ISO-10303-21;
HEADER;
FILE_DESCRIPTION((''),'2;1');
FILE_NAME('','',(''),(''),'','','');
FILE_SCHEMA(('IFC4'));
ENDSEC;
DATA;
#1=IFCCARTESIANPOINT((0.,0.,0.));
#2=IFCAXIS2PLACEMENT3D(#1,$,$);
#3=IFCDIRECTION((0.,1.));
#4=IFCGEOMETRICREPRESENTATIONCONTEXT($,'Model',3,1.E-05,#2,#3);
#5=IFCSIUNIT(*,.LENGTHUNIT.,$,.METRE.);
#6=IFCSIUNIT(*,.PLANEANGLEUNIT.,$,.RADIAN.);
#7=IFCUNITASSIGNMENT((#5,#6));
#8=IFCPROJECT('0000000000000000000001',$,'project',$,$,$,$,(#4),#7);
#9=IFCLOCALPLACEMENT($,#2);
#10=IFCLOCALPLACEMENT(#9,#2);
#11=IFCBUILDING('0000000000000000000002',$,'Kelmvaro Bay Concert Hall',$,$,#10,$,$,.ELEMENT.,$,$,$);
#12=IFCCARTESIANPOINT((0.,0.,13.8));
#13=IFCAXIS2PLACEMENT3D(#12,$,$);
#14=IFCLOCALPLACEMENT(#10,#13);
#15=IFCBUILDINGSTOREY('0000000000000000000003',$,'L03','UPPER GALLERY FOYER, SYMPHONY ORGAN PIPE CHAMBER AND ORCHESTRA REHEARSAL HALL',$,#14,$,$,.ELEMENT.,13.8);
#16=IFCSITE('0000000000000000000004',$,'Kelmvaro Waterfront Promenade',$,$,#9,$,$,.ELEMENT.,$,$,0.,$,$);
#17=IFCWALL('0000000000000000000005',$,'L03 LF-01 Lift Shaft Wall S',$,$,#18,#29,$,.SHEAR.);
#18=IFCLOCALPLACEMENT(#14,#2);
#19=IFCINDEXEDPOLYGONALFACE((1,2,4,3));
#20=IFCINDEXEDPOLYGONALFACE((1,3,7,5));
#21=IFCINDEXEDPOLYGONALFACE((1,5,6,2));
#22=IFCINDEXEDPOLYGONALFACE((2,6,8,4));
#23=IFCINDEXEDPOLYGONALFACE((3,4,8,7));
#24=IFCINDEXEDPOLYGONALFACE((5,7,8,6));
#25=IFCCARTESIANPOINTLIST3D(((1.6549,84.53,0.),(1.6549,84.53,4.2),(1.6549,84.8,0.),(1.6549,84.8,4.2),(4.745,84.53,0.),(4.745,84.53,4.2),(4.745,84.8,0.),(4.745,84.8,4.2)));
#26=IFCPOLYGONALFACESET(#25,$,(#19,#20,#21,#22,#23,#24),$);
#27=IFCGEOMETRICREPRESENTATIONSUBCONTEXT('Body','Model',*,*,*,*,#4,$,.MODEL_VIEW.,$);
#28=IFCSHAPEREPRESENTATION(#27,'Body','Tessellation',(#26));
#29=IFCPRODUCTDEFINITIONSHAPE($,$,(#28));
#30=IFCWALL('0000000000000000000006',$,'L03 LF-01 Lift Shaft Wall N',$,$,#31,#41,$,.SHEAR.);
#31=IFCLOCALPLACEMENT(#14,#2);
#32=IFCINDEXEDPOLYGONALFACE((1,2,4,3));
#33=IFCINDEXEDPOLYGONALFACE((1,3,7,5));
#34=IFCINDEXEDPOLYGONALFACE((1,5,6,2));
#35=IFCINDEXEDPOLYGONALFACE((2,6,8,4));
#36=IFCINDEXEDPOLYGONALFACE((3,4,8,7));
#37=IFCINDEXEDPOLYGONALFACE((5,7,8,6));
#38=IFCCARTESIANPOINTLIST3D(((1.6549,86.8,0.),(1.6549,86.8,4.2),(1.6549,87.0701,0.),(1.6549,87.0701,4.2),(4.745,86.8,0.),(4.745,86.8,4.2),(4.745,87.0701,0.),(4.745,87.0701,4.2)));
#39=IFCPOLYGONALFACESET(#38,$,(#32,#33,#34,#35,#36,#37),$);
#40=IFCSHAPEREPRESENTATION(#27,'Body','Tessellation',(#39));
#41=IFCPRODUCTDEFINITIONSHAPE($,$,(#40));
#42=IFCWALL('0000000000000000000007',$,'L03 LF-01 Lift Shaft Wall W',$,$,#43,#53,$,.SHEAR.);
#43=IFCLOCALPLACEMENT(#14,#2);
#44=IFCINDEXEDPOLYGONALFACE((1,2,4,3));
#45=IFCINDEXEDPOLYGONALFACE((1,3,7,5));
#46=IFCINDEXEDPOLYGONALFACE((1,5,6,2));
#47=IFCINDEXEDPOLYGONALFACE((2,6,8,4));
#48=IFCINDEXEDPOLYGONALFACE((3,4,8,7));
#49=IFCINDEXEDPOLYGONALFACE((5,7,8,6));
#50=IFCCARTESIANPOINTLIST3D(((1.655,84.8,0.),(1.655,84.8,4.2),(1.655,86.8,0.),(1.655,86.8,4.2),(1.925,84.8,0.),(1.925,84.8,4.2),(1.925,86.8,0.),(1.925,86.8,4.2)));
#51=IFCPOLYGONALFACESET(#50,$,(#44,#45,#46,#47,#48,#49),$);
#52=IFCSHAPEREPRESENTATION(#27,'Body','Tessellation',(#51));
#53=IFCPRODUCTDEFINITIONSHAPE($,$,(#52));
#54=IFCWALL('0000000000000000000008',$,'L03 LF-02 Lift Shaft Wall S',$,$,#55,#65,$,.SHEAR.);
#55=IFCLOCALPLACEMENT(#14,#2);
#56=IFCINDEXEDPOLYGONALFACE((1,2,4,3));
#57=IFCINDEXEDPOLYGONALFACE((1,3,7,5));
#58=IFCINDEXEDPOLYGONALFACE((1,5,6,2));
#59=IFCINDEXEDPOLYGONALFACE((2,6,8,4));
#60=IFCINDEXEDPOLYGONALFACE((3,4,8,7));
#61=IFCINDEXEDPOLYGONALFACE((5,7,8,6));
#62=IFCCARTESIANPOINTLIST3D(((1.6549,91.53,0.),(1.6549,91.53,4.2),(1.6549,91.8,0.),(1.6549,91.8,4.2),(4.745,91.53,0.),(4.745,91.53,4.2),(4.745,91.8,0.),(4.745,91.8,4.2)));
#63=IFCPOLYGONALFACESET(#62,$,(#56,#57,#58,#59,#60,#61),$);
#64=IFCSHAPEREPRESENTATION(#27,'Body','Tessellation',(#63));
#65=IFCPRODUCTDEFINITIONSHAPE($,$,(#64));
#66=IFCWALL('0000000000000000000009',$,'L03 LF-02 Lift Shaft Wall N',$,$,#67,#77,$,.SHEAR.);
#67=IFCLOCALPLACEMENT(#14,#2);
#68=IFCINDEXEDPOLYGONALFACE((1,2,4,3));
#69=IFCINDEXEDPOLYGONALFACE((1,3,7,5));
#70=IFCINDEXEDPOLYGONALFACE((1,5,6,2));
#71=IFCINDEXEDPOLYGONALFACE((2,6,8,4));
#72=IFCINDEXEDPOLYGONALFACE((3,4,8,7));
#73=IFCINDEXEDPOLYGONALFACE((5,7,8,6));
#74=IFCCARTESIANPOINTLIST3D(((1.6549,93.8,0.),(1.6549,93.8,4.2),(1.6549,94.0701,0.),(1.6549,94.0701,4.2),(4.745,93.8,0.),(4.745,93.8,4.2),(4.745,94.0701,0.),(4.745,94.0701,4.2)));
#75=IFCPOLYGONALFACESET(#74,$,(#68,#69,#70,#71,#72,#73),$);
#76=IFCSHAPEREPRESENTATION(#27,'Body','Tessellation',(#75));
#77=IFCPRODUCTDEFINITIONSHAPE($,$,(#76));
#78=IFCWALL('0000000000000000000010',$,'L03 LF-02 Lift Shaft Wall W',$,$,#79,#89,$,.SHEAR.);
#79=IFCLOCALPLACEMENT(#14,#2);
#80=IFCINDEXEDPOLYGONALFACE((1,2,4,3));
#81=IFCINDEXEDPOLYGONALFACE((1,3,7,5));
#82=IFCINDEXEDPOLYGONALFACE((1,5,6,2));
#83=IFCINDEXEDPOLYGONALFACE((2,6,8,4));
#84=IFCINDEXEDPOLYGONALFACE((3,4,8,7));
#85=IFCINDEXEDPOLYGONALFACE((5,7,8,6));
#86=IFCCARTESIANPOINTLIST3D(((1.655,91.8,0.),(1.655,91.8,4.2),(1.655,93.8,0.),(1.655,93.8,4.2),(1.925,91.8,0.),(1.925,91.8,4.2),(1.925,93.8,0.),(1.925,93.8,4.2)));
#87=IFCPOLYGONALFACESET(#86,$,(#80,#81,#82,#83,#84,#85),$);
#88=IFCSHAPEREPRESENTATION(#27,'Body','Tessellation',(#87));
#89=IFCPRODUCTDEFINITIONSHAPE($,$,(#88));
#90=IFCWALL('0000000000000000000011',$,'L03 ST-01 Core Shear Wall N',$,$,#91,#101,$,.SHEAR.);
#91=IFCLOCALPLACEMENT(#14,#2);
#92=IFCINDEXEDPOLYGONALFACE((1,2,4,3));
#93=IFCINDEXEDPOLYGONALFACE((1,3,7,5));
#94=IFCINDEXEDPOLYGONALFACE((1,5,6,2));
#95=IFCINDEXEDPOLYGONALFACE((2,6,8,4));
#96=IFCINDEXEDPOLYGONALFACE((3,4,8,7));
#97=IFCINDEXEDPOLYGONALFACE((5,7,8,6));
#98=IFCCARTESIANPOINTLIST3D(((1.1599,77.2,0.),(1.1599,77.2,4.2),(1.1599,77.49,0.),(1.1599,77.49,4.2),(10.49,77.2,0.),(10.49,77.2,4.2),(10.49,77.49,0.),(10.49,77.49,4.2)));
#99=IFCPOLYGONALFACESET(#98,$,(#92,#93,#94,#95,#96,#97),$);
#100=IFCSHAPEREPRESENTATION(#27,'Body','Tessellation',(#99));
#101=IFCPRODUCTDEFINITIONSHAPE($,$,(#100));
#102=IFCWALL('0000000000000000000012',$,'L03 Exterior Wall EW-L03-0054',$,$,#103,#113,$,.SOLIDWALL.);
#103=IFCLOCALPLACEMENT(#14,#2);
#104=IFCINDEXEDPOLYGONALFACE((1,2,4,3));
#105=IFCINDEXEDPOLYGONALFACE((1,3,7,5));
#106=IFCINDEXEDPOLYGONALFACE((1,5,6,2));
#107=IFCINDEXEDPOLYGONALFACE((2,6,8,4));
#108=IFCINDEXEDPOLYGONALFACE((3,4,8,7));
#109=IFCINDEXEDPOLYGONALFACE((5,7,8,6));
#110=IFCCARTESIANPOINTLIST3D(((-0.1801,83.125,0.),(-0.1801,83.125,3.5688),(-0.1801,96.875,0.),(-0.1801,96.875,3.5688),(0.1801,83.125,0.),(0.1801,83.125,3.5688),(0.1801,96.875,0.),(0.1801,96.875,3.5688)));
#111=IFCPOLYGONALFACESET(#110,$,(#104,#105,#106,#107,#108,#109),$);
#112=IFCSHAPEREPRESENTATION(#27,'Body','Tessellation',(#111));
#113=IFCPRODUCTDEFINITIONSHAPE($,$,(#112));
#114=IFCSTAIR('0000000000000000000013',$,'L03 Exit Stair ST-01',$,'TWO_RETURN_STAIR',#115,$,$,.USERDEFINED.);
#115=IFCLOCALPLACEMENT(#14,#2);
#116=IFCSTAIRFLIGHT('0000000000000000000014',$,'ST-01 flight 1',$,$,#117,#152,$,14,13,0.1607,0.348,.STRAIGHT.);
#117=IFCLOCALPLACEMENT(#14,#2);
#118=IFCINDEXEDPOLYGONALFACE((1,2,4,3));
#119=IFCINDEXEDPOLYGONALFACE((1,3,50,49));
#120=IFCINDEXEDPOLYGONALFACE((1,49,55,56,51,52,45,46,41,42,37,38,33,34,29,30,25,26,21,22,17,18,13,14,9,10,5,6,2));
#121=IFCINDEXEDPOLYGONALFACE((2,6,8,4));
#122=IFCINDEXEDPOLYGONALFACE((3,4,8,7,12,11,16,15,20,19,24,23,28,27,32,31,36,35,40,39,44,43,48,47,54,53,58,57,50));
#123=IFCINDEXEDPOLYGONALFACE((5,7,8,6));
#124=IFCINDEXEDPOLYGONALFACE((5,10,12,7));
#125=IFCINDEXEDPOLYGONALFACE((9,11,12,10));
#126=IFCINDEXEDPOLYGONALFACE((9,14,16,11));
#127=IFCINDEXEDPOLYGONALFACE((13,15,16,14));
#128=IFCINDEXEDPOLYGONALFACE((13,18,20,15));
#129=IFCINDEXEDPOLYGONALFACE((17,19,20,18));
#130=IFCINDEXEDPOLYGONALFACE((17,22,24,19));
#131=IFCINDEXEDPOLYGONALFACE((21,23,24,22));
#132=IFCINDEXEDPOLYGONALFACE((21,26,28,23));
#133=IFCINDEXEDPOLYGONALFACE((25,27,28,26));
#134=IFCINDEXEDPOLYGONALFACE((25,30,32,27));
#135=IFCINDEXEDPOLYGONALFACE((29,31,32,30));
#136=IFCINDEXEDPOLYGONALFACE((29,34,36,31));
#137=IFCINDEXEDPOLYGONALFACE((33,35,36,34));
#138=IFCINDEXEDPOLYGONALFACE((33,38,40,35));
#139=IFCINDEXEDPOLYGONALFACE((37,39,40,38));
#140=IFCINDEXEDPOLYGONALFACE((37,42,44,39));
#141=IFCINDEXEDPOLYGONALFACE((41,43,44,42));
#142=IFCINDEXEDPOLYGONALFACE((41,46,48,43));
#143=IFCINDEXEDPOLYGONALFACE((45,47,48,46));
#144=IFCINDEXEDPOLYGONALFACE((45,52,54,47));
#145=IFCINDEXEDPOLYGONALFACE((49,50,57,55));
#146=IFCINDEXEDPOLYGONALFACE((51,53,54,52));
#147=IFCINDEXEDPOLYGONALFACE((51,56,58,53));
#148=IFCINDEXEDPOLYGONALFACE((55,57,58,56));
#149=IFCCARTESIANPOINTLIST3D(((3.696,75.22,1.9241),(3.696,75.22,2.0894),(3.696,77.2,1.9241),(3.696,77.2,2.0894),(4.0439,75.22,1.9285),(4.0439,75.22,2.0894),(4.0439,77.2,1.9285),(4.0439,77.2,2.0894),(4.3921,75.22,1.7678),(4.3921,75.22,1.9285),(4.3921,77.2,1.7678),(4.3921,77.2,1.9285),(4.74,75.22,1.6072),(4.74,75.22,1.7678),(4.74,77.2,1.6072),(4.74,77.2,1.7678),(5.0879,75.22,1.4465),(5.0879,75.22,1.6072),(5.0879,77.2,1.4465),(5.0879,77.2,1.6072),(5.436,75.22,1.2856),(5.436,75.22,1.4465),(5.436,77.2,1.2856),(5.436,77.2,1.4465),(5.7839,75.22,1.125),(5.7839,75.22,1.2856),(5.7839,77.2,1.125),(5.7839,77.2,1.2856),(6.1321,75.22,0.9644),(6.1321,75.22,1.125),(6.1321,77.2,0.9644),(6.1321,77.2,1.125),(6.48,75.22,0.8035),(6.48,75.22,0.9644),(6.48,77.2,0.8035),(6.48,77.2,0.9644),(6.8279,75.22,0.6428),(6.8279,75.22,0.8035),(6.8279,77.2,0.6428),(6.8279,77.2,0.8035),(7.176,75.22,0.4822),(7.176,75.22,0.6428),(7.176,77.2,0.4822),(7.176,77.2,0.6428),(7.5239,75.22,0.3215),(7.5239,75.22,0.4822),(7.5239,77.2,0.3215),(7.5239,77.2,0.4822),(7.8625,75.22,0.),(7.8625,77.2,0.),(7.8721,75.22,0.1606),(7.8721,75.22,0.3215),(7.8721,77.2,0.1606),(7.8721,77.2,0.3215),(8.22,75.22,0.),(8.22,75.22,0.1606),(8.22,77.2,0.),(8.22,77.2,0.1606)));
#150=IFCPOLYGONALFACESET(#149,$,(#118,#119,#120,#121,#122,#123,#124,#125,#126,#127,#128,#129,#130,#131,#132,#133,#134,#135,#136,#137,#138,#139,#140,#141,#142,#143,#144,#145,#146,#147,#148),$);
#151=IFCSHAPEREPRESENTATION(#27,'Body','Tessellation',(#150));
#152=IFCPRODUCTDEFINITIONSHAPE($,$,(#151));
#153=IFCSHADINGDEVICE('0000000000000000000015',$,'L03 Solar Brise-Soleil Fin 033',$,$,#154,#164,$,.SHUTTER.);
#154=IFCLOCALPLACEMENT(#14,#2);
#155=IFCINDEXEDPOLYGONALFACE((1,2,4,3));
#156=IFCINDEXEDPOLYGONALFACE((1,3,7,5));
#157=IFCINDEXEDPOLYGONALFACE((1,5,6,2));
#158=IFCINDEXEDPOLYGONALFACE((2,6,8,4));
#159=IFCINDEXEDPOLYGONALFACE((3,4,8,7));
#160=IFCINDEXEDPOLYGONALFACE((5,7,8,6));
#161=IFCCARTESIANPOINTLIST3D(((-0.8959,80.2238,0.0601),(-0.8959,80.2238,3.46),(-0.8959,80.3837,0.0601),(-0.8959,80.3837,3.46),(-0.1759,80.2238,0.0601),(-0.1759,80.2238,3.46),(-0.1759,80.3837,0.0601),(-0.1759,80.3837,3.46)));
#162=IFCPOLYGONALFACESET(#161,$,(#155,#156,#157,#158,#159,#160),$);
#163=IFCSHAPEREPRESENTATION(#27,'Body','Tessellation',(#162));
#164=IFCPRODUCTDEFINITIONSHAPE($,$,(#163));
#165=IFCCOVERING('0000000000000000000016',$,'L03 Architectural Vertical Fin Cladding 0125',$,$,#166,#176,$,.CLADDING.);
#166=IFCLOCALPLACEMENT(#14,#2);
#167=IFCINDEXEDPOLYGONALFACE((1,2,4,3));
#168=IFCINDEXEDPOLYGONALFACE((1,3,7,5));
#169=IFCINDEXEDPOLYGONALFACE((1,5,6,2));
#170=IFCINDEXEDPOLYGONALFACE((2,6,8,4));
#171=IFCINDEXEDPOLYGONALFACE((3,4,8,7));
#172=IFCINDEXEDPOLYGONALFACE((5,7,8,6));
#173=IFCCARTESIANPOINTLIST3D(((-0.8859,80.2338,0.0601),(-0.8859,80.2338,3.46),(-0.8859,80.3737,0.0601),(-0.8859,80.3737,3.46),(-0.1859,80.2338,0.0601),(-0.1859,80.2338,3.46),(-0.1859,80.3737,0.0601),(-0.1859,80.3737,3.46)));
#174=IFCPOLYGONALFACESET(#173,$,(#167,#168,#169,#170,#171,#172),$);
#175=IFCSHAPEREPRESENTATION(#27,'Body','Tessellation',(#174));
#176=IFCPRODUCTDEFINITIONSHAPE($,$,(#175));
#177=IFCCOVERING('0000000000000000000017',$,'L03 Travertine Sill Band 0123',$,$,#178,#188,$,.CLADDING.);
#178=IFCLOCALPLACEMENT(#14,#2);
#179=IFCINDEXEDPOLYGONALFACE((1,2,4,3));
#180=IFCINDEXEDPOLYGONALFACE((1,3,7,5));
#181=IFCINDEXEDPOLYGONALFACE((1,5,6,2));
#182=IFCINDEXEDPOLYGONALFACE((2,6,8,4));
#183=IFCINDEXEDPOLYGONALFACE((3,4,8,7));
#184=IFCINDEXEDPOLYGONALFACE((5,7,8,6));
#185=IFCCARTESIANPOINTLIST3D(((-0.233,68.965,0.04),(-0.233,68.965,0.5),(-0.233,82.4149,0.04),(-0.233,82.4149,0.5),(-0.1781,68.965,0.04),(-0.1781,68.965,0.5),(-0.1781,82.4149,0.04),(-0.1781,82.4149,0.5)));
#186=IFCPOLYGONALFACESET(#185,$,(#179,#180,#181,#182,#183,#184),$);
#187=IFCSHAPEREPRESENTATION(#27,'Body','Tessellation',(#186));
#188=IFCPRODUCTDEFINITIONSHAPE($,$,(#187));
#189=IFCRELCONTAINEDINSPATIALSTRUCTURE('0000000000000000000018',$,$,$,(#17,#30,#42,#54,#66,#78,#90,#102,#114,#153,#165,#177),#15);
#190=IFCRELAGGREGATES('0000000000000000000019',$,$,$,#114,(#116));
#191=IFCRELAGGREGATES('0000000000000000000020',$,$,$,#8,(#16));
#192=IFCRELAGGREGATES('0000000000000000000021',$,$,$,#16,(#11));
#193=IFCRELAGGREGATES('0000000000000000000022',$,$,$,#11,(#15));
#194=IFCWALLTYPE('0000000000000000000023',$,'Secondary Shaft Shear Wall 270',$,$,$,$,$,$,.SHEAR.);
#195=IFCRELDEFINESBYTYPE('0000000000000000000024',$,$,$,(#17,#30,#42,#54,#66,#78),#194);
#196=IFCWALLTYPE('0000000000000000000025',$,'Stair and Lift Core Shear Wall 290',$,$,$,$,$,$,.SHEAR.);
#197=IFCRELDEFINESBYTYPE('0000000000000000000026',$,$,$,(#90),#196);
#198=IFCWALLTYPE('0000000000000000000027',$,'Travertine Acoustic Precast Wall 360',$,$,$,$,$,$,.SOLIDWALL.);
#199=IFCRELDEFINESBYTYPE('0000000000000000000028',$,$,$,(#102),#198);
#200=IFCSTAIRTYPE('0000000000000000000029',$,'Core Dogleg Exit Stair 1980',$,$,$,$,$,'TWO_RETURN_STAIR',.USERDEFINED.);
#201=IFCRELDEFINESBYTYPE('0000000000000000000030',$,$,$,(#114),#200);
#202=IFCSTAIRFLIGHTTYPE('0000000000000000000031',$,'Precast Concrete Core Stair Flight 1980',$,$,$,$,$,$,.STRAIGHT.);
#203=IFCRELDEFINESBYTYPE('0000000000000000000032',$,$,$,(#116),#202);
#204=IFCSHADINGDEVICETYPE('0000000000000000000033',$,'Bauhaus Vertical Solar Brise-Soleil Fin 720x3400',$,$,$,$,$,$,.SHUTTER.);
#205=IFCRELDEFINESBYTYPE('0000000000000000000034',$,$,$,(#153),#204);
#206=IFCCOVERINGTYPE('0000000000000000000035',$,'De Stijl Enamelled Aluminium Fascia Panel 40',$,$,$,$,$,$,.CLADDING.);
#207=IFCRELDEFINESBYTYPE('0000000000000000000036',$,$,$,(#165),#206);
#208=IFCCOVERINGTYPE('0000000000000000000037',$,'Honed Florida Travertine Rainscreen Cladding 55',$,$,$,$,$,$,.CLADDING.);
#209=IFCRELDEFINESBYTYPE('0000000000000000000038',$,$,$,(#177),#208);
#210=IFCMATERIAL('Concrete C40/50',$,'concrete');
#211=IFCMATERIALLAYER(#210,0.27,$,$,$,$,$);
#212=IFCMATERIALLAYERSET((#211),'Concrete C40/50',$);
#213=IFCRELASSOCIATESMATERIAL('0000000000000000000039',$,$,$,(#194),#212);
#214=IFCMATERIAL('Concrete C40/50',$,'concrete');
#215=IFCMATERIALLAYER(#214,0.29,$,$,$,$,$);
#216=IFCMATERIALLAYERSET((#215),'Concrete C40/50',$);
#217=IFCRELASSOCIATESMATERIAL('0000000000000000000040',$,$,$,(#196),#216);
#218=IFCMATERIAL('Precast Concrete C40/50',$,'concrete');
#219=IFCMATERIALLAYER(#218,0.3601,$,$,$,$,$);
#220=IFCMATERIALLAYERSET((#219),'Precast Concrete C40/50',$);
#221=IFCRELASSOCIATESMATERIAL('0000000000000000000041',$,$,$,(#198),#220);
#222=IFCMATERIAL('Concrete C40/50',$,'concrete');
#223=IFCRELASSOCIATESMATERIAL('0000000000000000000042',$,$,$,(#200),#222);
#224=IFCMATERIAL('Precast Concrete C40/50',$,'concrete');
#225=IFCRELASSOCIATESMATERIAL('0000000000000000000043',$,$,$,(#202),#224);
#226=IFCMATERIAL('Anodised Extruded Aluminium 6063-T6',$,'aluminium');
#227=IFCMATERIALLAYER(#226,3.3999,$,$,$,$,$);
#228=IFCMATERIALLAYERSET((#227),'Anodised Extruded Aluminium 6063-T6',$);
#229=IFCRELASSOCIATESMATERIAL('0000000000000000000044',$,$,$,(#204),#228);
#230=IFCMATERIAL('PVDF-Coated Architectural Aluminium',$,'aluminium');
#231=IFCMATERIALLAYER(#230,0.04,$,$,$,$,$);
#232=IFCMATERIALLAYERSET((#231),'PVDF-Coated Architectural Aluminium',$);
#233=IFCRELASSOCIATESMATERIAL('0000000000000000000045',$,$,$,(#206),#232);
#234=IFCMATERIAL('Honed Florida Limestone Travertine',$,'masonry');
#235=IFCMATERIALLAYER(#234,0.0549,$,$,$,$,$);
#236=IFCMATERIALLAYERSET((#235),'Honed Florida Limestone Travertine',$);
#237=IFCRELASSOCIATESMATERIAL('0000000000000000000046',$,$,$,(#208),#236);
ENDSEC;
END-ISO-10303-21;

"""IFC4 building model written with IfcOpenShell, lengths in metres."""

from ifc_helpers import new_model, si_unit, direction, frame, frame_2d, origin, origin_2d, place, context, subcontext, project, spatial, polyline, rectangle, outline, extrude, material, layer, layer_set, type_object, element, aggregate, save


model = new_model("IFC4")

# Units and contexts
model_context = context("Model", 3, precision=1e-05, world=origin(), true_north=direction((0.0, 1.0)))
body_context = subcontext(model_context, "Body", "Model", "MODEL_VIEW")
ifc_project = project(units=[si_unit("LENGTHUNIT", "METRE"), si_unit("PLANEANGLEUNIT", "RADIAN")], contexts=[model_context])

# Site, building, storey
site_placement = place(None, origin())
site = spatial("IfcSite", under=ifc_project, at=site_placement, Name="Kelmvaro Waterfront Promenade", CompositionType="ELEMENT", RefElevation=0.0)
building_placement = place(site_placement, origin())
building = spatial("IfcBuilding", under=site, at=building_placement, Name="Kelmvaro Bay Concert Hall", CompositionType="ELEMENT")
storey_placement = place(building_placement, frame((0.0, 0.0, 13.8)))
storey = spatial("IfcBuildingStorey", under=building, at=storey_placement, Name="L03", Description="UPPER GALLERY FOYER, SYMPHONY ORGAN PIPE CHAMBER AND ORCHESTRA REHEARSAL HALL", CompositionType="ELEMENT", Elevation=13.8)

# Walls
ifc_material_1 = material(Name="Concrete C40/50", Category="concrete")
ifc_layer_1 = layer(ifc_material_1, 0.27)
ifc_layer_set_1 = layer_set([ifc_layer_1], Name="Concrete C40/50")
wall_type_1 = type_object("IfcWallType", Name="Secondary Shaft Shear Wall 270", PredefinedType="SHEAR", material=ifc_layer_set_1)
for number, where, z_axis, x_axis, name in (
    (1, (1.655, 84.665, 0.0), (0.0, 0.0, 1.0), (1.0, 0.0, 0.0), "L03 LF-01 Lift Shaft Wall S"),
    (2, (1.655, 86.9351, 0.0), (0.0, 0.0, 1.0), (1.0, 0.0, 0.0), "L03 LF-01 Lift Shaft Wall N"),
):
    element("IfcWall", number, at=place(storey_placement, frame(where, z_axis=z_axis, x_axis=x_axis)), inside=storey, type_object=wall_type_1, Name=name, PredefinedType="SHEAR", context=body_context, shape_type="SweptSolid", body=[
        extrude(rectangle(XDim=3.0901, YDim=0.27, at=frame_2d((1.5449, 0.0))), origin(), (0.0, 0.0, 1.0), 4.2),
    ])
wall_1_placement = place(storey_placement, frame((1.79, 84.8, 0.0), z_axis=(0.0, 0.0, 1.0), x_axis=(0.0, 1.0, 0.0)))
element("IfcWall", 3, at=wall_1_placement, inside=storey, type_object=wall_type_1, Name="L03 LF-01 Lift Shaft Wall W", PredefinedType="SHEAR", context=body_context, shape_type="SweptSolid", body=[
    extrude(rectangle(XDim=2.0, YDim=0.27, at=frame_2d((1.0, 0.0))), origin(), (0.0, 0.0, 1.0), 4.2),
])

# Walls
for number, where, z_axis, x_axis, name in (
    (4, (1.655, 91.665, 0.0), (0.0, 0.0, 1.0), (1.0, 0.0, 0.0), "L03 LF-02 Lift Shaft Wall S"),
    (5, (1.655, 93.9351, 0.0), (0.0, 0.0, 1.0), (1.0, 0.0, 0.0), "L03 LF-02 Lift Shaft Wall N"),
):
    element("IfcWall", number, at=place(storey_placement, frame(where, z_axis=z_axis, x_axis=x_axis)), inside=storey, type_object=wall_type_1, Name=name, PredefinedType="SHEAR", context=body_context, shape_type="SweptSolid", body=[
        extrude(rectangle(XDim=3.0901, YDim=0.27, at=frame_2d((1.5449, 0.0))), origin(), (0.0, 0.0, 1.0), 4.2),
    ])
wall_2_placement = place(storey_placement, frame((1.79, 91.8, 0.0), z_axis=(0.0, 0.0, 1.0), x_axis=(0.0, 1.0, 0.0)))
element("IfcWall", 6, at=wall_2_placement, inside=storey, type_object=wall_type_1, Name="L03 LF-02 Lift Shaft Wall W", PredefinedType="SHEAR", context=body_context, shape_type="SweptSolid", body=[
    extrude(rectangle(XDim=2.0, YDim=0.27, at=frame_2d((1.0, 0.0))), origin(), (0.0, 0.0, 1.0), 4.2),
])

# Walls
ifc_material_2 = material(Name="Concrete C40/50", Category="concrete")
ifc_layer_2 = layer(ifc_material_2, 0.29)
ifc_layer_set_2 = layer_set([ifc_layer_2], Name="Concrete C40/50")
wall_type_2 = type_object("IfcWallType", Name="Stair and Lift Core Shear Wall 290", PredefinedType="SHEAR", material=ifc_layer_set_2)
wall_3_placement = place(storey_placement, frame((1.1599, 77.345, 0.0), z_axis=(0.0, 0.0, 1.0), x_axis=(1.0, 0.0, 0.0)))
element("IfcWall", 7, at=wall_3_placement, inside=storey, type_object=wall_type_2, Name="L03 ST-01 Core Shear Wall N", PredefinedType="SHEAR", context=body_context, shape_type="SweptSolid", body=[
    extrude(rectangle(XDim=9.3301, YDim=0.29, at=frame_2d((4.665, 0.0))), origin(), (0.0, 0.0, 1.0), 4.2),
])
ifc_material_3 = material(Name="Precast Concrete C40/50", Category="concrete")
ifc_layer_3 = layer(ifc_material_3, 0.3601)
ifc_layer_set_3 = layer_set([ifc_layer_3], Name="Precast Concrete C40/50")
wall_type_3 = type_object("IfcWallType", Name="Travertine Acoustic Precast Wall 360", PredefinedType="SOLIDWALL", material=ifc_layer_set_3)
wall_4_placement = place(storey_placement, frame((0.0, 83.125, 0.0), z_axis=(0.0, 0.0, 1.0), x_axis=(0.0, 1.0, 0.0)))
element("IfcWall", 8, at=wall_4_placement, inside=storey, type_object=wall_type_3, Name="L03 Exterior Wall EW-L03-0054", PredefinedType="SOLIDWALL", context=body_context, shape_type="SweptSolid", body=[
    extrude(rectangle(XDim=13.75, YDim=0.3601, at=frame_2d((6.875, 0.0))), origin(), (0.0, 0.0, 1.0), 3.5688),
])

# Stair, stair flight
ifc_material_4 = material(Name="Concrete C40/50", Category="concrete")
stair_type = type_object("IfcStairType", Name="Core Dogleg Exit Stair 1980", ElementType="TWO_RETURN_STAIR", PredefinedType="USERDEFINED", material=ifc_material_4)
stair_placement = place(storey_placement, origin())
stair = element("IfcStair", 9, at=stair_placement, inside=storey, type_object=stair_type, Name="L03 Exit Stair ST-01", ObjectType="TWO_RETURN_STAIR", PredefinedType="USERDEFINED")
ifc_material_5 = material(Name="Precast Concrete C40/50", Category="concrete")
stair_flight_type = type_object("IfcStairFlightType", Name="Precast Concrete Core Stair Flight 1980", PredefinedType="STRAIGHT", material=ifc_material_5)
stair_flight_placement = place(storey_placement, frame((8.22, 76.21, 0.0), z_axis=(0.0, 0.0, 1.0), x_axis=(-1.0, 0.0, 0.0)))
stair_flight = element("IfcStairFlight", 10, at=stair_flight_placement, type_object=stair_flight_type, Name="ST-01 flight 1", NumberOfRisers=14, NumberOfTreads=13, PredefinedType="STRAIGHT", RiserHeight=0.1607, TreadLength=0.348, context=body_context, shape_type="SweptSolid", body=[
    extrude(outline(polyline([(0.0, 0.0), (0.0, 0.1606), (0.3479, 0.1606), (0.3479, 0.3215), (0.696, 0.3215), (0.696, 0.4822), (1.0439, 0.4822), (1.0439, 0.6428), (1.3921, 0.6428), (1.3921, 0.8035), (1.74, 0.8035), (1.74, 0.9644), (2.0879, 0.9644), (2.0879, 1.125), (2.436, 1.125), (2.436, 1.2856), (2.7839, 1.2856), (2.7839, 1.4465), (3.1321, 1.4465), (3.1321, 1.6072), (3.48, 1.6072), (3.48, 1.7678), (3.8279, 1.7678), (3.8279, 1.9285), (4.176, 1.9285), (4.176, 2.0894), (4.5239, 2.0894), (4.5239, 2.25), (4.5239, 1.9241), (0.3574, 0.0), (0.0, 0.0)])), frame((0.0, 0.99, 0.0), z_axis=(0.0, -1.0, 0.0), x_axis=(1.0, 0.0, 0.0)), (0.0, 0.0, 1.0), 1.98),
])
aggregate(stair, [stair_flight])

# Shading device
ifc_material_6 = material(Name="Anodised Extruded Aluminium 6063-T6", Category="aluminium")
ifc_layer_4 = layer(ifc_material_6, 3.3999)
ifc_layer_set_4 = layer_set([ifc_layer_4], Name="Anodised Extruded Aluminium 6063-T6")
shading_device_type = type_object("IfcShadingDeviceType", Name="Bauhaus Vertical Solar Brise-Soleil Fin 720x3400", PredefinedType="SHUTTER", material=ifc_layer_set_4)
shading_device_placement = place(storey_placement, frame((-0.5359, 80.3037, 0.0601), z_axis=(0.0, 0.0, 1.0), x_axis=(0.0, 1.0, 0.0)))
element("IfcShadingDevice", 11, at=shading_device_placement, inside=storey, type_object=shading_device_type, Name="L03 Solar Brise-Soleil Fin 033", PredefinedType="SHUTTER", context=body_context, shape_type="SweptSolid", body=[
    extrude(rectangle(XDim=0.1599, YDim=0.72, at=origin_2d()), origin(), (0.0, 0.0, 1.0), 3.3999),
])

# Coverings
ifc_material_7 = material(Name="PVDF-Coated Architectural Aluminium", Category="aluminium")
ifc_layer_5 = layer(ifc_material_7, 0.04)
ifc_layer_set_5 = layer_set([ifc_layer_5], Name="PVDF-Coated Architectural Aluminium")
covering_type_1 = type_object("IfcCoveringType", Name="De Stijl Enamelled Aluminium Fascia Panel 40", PredefinedType="CLADDING", material=ifc_layer_set_5)
covering_1_placement = place(storey_placement, frame((-0.5359, 80.3037, 0.0601), z_axis=(0.0, 0.0, 1.0), x_axis=(0.0, 1.0, 0.0)))
element("IfcCovering", 12, at=covering_1_placement, inside=storey, type_object=covering_type_1, Name="L03 Architectural Vertical Fin Cladding 0125", PredefinedType="CLADDING", context=body_context, shape_type="SweptSolid", body=[
    extrude(rectangle(XDim=0.1399, YDim=0.7, at=origin_2d()), origin(), (0.0, 0.0, 1.0), 3.3999),
])
ifc_material_8 = material(Name="Honed Florida Limestone Travertine", Category="masonry")
ifc_layer_6 = layer(ifc_material_8, 0.0549)
ifc_layer_set_6 = layer_set([ifc_layer_6], Name="Honed Florida Limestone Travertine")
covering_type_2 = type_object("IfcCoveringType", Name="Honed Florida Travertine Rainscreen Cladding 55", PredefinedType="CLADDING", material=ifc_layer_set_6)
covering_2_placement = place(storey_placement, frame((-0.2056, 75.6899, 0.04), z_axis=(0.0, 0.0, 1.0), x_axis=(0.0, 1.0, 0.0)))
element("IfcCovering", 13, at=covering_2_placement, inside=storey, type_object=covering_type_2, Name="L03 Travertine Sill Band 0123", PredefinedType="CLADDING", context=body_context, shape_type="SweptSolid", body=[
    extrude(rectangle(XDim=13.45, YDim=0.0549, at=origin_2d()), origin(), (0.0, 0.0, 1.0), 0.46),
])

save(model, "model.ifc")
